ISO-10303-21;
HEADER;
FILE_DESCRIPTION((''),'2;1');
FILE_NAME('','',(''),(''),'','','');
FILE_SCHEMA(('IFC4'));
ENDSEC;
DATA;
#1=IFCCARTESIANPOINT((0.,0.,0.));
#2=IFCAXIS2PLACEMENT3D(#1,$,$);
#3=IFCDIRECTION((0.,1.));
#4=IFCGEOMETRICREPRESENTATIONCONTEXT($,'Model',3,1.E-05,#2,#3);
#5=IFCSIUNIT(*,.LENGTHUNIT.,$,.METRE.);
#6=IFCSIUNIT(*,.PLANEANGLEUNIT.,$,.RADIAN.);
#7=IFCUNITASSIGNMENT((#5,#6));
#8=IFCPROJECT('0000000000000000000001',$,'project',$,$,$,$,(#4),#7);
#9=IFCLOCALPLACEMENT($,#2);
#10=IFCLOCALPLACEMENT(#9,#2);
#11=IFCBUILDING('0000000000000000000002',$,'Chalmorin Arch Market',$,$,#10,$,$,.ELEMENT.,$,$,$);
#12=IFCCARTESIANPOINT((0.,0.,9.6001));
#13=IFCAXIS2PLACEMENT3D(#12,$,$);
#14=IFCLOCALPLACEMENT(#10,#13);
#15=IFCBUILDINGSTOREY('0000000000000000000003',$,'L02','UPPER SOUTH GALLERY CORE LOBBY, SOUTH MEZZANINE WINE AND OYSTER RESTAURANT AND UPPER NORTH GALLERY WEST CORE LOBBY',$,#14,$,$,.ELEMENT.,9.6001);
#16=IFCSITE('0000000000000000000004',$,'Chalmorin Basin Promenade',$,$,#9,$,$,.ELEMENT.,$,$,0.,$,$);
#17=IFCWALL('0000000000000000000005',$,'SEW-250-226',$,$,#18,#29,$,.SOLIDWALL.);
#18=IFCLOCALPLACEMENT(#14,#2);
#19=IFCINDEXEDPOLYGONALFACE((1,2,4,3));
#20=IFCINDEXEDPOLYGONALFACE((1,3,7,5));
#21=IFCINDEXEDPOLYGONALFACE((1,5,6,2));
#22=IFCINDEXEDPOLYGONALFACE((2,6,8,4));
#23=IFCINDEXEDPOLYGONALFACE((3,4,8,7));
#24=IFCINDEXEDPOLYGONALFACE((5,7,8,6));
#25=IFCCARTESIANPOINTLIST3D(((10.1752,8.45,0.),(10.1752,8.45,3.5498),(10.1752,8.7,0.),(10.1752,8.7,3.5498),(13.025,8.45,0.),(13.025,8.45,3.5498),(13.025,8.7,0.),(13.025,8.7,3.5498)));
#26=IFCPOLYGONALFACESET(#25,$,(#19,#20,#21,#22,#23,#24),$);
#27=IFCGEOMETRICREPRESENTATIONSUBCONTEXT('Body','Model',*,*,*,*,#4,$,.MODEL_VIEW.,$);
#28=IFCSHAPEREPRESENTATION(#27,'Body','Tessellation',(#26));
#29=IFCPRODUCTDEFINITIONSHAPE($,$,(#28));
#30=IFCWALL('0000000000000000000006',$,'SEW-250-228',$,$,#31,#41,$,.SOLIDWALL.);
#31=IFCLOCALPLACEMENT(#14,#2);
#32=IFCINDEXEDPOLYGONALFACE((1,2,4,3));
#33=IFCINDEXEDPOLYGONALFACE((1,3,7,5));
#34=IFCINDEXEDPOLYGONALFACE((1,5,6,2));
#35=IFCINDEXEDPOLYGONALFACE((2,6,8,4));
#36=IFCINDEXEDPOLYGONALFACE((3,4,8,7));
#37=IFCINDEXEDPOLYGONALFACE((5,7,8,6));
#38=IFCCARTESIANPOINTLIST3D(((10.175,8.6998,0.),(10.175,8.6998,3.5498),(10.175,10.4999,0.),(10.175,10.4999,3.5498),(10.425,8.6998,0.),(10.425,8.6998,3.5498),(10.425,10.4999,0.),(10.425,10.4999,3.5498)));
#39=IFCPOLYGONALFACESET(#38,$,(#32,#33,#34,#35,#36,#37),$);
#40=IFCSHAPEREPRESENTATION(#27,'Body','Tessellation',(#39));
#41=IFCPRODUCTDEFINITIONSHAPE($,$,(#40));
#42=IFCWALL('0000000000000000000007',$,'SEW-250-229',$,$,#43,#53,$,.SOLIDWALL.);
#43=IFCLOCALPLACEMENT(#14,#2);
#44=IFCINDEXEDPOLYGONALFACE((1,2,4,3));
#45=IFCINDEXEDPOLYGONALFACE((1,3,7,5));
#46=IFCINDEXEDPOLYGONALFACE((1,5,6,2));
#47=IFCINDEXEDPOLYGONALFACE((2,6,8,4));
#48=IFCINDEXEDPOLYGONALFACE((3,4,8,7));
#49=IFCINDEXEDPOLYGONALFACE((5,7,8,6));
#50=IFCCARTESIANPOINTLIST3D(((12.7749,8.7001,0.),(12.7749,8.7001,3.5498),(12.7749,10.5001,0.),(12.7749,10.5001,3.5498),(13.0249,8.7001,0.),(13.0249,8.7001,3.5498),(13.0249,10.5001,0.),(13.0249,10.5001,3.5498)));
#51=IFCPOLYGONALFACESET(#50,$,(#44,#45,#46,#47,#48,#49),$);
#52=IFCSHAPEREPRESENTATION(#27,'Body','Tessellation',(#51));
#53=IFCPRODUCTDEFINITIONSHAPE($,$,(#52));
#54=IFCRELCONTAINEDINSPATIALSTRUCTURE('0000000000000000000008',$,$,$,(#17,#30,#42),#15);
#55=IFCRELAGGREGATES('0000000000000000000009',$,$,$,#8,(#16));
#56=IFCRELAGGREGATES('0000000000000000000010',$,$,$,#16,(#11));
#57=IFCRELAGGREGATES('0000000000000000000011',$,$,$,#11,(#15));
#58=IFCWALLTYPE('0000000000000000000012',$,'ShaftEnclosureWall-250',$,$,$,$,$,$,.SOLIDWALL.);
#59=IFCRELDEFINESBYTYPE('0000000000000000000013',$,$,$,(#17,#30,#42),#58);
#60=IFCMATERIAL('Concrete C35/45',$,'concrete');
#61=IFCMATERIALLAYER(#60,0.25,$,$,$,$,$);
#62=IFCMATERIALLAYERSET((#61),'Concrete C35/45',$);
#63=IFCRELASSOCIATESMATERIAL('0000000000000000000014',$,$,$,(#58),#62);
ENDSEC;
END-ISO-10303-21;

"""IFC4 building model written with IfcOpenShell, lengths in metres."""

from ifc_helpers import new_model, si_unit, direction, frame, frame_2d, origin, place, context, subcontext, project, spatial, rectangle, extrude, material, layer, layer_set, type_object, element, save


model = new_model("IFC4")

# Units and contexts
model_context = context("Model", 3, precision=1e-05, world=origin(), true_north=direction((0.0, 1.0)))
body_context = subcontext(model_context, "Body", "Model", "MODEL_VIEW")
ifc_project = project(units=[si_unit("LENGTHUNIT", "METRE"), si_unit("PLANEANGLEUNIT", "RADIAN")], contexts=[model_context])

# Site, building, storey
site_placement = place(None, origin())
site = spatial("IfcSite", under=ifc_project, at=site_placement, Name="Chalmorin Basin Promenade", CompositionType="ELEMENT", RefElevation=0.0)
building_placement = place(site_placement, origin())
building = spatial("IfcBuilding", under=site, at=building_placement, Name="Chalmorin Arch Market", CompositionType="ELEMENT")
storey_placement = place(building_placement, frame((0.0, 0.0, 9.6001)))
storey = spatial("IfcBuildingStorey", under=building, at=storey_placement, Name="L02", Description="UPPER SOUTH GALLERY CORE LOBBY, SOUTH MEZZANINE WINE AND OYSTER RESTAURANT AND UPPER NORTH GALLERY WEST CORE LOBBY", CompositionType="ELEMENT", Elevation=9.6001)

# Wall
ifc_material_1 = material(Name="Concrete C35/45", Category="concrete")
ifc_layer_1 = layer(ifc_material_1, 0.25)
ifc_layer_set_1 = layer_set([ifc_layer_1], Name="Concrete C35/45")
wall_type_1 = type_object("IfcWallType", Name="ShaftEnclosureWall-250", PredefinedType="SOLIDWALL", material=ifc_layer_set_1)
wall_1_placement = place(storey_placement, frame((13.0249, 8.575, 0.0), z_axis=(0.0, 0.0, 1.0), x_axis=(-1.0, 0.0, 0.0)))
element("IfcWall", 1, at=wall_1_placement, inside=storey, type_object=wall_type_1, Name="SEW-250-226", PredefinedType="SOLIDWALL", context=body_context, shape_type="SweptSolid", body=[
    extrude(rectangle(XDim=2.8499, YDim=0.25, at=frame_2d((1.4248, 0.0))), origin(), (0.0, 0.0, 1.0), 3.5498),
])

# Walls
for number, where, z_axis, x_axis, name in (
    (2, (10.3, 8.7, 0.0), (0.0, 0.0, 1.0), (0.0, 1.0, 0.0), "SEW-250-228"),
    (3, (12.8999, 10.5, 0.0), (0.0, 0.0, 1.0), (0.0, -1.0, 0.0), "SEW-250-229"),
):
    element("IfcWall", number, at=place(storey_placement, frame(where, z_axis=z_axis, x_axis=x_axis)), inside=storey, type_object=wall_type_1, Name=name, PredefinedType="SOLIDWALL", context=body_context, shape_type="SweptSolid", body=[
        extrude(rectangle(XDim=1.8, YDim=0.25, at=frame_2d((0.8999, 0.0))), origin(), (0.0, 0.0, 1.0), 3.5498),
    ])

save(model, "model.ifc")
